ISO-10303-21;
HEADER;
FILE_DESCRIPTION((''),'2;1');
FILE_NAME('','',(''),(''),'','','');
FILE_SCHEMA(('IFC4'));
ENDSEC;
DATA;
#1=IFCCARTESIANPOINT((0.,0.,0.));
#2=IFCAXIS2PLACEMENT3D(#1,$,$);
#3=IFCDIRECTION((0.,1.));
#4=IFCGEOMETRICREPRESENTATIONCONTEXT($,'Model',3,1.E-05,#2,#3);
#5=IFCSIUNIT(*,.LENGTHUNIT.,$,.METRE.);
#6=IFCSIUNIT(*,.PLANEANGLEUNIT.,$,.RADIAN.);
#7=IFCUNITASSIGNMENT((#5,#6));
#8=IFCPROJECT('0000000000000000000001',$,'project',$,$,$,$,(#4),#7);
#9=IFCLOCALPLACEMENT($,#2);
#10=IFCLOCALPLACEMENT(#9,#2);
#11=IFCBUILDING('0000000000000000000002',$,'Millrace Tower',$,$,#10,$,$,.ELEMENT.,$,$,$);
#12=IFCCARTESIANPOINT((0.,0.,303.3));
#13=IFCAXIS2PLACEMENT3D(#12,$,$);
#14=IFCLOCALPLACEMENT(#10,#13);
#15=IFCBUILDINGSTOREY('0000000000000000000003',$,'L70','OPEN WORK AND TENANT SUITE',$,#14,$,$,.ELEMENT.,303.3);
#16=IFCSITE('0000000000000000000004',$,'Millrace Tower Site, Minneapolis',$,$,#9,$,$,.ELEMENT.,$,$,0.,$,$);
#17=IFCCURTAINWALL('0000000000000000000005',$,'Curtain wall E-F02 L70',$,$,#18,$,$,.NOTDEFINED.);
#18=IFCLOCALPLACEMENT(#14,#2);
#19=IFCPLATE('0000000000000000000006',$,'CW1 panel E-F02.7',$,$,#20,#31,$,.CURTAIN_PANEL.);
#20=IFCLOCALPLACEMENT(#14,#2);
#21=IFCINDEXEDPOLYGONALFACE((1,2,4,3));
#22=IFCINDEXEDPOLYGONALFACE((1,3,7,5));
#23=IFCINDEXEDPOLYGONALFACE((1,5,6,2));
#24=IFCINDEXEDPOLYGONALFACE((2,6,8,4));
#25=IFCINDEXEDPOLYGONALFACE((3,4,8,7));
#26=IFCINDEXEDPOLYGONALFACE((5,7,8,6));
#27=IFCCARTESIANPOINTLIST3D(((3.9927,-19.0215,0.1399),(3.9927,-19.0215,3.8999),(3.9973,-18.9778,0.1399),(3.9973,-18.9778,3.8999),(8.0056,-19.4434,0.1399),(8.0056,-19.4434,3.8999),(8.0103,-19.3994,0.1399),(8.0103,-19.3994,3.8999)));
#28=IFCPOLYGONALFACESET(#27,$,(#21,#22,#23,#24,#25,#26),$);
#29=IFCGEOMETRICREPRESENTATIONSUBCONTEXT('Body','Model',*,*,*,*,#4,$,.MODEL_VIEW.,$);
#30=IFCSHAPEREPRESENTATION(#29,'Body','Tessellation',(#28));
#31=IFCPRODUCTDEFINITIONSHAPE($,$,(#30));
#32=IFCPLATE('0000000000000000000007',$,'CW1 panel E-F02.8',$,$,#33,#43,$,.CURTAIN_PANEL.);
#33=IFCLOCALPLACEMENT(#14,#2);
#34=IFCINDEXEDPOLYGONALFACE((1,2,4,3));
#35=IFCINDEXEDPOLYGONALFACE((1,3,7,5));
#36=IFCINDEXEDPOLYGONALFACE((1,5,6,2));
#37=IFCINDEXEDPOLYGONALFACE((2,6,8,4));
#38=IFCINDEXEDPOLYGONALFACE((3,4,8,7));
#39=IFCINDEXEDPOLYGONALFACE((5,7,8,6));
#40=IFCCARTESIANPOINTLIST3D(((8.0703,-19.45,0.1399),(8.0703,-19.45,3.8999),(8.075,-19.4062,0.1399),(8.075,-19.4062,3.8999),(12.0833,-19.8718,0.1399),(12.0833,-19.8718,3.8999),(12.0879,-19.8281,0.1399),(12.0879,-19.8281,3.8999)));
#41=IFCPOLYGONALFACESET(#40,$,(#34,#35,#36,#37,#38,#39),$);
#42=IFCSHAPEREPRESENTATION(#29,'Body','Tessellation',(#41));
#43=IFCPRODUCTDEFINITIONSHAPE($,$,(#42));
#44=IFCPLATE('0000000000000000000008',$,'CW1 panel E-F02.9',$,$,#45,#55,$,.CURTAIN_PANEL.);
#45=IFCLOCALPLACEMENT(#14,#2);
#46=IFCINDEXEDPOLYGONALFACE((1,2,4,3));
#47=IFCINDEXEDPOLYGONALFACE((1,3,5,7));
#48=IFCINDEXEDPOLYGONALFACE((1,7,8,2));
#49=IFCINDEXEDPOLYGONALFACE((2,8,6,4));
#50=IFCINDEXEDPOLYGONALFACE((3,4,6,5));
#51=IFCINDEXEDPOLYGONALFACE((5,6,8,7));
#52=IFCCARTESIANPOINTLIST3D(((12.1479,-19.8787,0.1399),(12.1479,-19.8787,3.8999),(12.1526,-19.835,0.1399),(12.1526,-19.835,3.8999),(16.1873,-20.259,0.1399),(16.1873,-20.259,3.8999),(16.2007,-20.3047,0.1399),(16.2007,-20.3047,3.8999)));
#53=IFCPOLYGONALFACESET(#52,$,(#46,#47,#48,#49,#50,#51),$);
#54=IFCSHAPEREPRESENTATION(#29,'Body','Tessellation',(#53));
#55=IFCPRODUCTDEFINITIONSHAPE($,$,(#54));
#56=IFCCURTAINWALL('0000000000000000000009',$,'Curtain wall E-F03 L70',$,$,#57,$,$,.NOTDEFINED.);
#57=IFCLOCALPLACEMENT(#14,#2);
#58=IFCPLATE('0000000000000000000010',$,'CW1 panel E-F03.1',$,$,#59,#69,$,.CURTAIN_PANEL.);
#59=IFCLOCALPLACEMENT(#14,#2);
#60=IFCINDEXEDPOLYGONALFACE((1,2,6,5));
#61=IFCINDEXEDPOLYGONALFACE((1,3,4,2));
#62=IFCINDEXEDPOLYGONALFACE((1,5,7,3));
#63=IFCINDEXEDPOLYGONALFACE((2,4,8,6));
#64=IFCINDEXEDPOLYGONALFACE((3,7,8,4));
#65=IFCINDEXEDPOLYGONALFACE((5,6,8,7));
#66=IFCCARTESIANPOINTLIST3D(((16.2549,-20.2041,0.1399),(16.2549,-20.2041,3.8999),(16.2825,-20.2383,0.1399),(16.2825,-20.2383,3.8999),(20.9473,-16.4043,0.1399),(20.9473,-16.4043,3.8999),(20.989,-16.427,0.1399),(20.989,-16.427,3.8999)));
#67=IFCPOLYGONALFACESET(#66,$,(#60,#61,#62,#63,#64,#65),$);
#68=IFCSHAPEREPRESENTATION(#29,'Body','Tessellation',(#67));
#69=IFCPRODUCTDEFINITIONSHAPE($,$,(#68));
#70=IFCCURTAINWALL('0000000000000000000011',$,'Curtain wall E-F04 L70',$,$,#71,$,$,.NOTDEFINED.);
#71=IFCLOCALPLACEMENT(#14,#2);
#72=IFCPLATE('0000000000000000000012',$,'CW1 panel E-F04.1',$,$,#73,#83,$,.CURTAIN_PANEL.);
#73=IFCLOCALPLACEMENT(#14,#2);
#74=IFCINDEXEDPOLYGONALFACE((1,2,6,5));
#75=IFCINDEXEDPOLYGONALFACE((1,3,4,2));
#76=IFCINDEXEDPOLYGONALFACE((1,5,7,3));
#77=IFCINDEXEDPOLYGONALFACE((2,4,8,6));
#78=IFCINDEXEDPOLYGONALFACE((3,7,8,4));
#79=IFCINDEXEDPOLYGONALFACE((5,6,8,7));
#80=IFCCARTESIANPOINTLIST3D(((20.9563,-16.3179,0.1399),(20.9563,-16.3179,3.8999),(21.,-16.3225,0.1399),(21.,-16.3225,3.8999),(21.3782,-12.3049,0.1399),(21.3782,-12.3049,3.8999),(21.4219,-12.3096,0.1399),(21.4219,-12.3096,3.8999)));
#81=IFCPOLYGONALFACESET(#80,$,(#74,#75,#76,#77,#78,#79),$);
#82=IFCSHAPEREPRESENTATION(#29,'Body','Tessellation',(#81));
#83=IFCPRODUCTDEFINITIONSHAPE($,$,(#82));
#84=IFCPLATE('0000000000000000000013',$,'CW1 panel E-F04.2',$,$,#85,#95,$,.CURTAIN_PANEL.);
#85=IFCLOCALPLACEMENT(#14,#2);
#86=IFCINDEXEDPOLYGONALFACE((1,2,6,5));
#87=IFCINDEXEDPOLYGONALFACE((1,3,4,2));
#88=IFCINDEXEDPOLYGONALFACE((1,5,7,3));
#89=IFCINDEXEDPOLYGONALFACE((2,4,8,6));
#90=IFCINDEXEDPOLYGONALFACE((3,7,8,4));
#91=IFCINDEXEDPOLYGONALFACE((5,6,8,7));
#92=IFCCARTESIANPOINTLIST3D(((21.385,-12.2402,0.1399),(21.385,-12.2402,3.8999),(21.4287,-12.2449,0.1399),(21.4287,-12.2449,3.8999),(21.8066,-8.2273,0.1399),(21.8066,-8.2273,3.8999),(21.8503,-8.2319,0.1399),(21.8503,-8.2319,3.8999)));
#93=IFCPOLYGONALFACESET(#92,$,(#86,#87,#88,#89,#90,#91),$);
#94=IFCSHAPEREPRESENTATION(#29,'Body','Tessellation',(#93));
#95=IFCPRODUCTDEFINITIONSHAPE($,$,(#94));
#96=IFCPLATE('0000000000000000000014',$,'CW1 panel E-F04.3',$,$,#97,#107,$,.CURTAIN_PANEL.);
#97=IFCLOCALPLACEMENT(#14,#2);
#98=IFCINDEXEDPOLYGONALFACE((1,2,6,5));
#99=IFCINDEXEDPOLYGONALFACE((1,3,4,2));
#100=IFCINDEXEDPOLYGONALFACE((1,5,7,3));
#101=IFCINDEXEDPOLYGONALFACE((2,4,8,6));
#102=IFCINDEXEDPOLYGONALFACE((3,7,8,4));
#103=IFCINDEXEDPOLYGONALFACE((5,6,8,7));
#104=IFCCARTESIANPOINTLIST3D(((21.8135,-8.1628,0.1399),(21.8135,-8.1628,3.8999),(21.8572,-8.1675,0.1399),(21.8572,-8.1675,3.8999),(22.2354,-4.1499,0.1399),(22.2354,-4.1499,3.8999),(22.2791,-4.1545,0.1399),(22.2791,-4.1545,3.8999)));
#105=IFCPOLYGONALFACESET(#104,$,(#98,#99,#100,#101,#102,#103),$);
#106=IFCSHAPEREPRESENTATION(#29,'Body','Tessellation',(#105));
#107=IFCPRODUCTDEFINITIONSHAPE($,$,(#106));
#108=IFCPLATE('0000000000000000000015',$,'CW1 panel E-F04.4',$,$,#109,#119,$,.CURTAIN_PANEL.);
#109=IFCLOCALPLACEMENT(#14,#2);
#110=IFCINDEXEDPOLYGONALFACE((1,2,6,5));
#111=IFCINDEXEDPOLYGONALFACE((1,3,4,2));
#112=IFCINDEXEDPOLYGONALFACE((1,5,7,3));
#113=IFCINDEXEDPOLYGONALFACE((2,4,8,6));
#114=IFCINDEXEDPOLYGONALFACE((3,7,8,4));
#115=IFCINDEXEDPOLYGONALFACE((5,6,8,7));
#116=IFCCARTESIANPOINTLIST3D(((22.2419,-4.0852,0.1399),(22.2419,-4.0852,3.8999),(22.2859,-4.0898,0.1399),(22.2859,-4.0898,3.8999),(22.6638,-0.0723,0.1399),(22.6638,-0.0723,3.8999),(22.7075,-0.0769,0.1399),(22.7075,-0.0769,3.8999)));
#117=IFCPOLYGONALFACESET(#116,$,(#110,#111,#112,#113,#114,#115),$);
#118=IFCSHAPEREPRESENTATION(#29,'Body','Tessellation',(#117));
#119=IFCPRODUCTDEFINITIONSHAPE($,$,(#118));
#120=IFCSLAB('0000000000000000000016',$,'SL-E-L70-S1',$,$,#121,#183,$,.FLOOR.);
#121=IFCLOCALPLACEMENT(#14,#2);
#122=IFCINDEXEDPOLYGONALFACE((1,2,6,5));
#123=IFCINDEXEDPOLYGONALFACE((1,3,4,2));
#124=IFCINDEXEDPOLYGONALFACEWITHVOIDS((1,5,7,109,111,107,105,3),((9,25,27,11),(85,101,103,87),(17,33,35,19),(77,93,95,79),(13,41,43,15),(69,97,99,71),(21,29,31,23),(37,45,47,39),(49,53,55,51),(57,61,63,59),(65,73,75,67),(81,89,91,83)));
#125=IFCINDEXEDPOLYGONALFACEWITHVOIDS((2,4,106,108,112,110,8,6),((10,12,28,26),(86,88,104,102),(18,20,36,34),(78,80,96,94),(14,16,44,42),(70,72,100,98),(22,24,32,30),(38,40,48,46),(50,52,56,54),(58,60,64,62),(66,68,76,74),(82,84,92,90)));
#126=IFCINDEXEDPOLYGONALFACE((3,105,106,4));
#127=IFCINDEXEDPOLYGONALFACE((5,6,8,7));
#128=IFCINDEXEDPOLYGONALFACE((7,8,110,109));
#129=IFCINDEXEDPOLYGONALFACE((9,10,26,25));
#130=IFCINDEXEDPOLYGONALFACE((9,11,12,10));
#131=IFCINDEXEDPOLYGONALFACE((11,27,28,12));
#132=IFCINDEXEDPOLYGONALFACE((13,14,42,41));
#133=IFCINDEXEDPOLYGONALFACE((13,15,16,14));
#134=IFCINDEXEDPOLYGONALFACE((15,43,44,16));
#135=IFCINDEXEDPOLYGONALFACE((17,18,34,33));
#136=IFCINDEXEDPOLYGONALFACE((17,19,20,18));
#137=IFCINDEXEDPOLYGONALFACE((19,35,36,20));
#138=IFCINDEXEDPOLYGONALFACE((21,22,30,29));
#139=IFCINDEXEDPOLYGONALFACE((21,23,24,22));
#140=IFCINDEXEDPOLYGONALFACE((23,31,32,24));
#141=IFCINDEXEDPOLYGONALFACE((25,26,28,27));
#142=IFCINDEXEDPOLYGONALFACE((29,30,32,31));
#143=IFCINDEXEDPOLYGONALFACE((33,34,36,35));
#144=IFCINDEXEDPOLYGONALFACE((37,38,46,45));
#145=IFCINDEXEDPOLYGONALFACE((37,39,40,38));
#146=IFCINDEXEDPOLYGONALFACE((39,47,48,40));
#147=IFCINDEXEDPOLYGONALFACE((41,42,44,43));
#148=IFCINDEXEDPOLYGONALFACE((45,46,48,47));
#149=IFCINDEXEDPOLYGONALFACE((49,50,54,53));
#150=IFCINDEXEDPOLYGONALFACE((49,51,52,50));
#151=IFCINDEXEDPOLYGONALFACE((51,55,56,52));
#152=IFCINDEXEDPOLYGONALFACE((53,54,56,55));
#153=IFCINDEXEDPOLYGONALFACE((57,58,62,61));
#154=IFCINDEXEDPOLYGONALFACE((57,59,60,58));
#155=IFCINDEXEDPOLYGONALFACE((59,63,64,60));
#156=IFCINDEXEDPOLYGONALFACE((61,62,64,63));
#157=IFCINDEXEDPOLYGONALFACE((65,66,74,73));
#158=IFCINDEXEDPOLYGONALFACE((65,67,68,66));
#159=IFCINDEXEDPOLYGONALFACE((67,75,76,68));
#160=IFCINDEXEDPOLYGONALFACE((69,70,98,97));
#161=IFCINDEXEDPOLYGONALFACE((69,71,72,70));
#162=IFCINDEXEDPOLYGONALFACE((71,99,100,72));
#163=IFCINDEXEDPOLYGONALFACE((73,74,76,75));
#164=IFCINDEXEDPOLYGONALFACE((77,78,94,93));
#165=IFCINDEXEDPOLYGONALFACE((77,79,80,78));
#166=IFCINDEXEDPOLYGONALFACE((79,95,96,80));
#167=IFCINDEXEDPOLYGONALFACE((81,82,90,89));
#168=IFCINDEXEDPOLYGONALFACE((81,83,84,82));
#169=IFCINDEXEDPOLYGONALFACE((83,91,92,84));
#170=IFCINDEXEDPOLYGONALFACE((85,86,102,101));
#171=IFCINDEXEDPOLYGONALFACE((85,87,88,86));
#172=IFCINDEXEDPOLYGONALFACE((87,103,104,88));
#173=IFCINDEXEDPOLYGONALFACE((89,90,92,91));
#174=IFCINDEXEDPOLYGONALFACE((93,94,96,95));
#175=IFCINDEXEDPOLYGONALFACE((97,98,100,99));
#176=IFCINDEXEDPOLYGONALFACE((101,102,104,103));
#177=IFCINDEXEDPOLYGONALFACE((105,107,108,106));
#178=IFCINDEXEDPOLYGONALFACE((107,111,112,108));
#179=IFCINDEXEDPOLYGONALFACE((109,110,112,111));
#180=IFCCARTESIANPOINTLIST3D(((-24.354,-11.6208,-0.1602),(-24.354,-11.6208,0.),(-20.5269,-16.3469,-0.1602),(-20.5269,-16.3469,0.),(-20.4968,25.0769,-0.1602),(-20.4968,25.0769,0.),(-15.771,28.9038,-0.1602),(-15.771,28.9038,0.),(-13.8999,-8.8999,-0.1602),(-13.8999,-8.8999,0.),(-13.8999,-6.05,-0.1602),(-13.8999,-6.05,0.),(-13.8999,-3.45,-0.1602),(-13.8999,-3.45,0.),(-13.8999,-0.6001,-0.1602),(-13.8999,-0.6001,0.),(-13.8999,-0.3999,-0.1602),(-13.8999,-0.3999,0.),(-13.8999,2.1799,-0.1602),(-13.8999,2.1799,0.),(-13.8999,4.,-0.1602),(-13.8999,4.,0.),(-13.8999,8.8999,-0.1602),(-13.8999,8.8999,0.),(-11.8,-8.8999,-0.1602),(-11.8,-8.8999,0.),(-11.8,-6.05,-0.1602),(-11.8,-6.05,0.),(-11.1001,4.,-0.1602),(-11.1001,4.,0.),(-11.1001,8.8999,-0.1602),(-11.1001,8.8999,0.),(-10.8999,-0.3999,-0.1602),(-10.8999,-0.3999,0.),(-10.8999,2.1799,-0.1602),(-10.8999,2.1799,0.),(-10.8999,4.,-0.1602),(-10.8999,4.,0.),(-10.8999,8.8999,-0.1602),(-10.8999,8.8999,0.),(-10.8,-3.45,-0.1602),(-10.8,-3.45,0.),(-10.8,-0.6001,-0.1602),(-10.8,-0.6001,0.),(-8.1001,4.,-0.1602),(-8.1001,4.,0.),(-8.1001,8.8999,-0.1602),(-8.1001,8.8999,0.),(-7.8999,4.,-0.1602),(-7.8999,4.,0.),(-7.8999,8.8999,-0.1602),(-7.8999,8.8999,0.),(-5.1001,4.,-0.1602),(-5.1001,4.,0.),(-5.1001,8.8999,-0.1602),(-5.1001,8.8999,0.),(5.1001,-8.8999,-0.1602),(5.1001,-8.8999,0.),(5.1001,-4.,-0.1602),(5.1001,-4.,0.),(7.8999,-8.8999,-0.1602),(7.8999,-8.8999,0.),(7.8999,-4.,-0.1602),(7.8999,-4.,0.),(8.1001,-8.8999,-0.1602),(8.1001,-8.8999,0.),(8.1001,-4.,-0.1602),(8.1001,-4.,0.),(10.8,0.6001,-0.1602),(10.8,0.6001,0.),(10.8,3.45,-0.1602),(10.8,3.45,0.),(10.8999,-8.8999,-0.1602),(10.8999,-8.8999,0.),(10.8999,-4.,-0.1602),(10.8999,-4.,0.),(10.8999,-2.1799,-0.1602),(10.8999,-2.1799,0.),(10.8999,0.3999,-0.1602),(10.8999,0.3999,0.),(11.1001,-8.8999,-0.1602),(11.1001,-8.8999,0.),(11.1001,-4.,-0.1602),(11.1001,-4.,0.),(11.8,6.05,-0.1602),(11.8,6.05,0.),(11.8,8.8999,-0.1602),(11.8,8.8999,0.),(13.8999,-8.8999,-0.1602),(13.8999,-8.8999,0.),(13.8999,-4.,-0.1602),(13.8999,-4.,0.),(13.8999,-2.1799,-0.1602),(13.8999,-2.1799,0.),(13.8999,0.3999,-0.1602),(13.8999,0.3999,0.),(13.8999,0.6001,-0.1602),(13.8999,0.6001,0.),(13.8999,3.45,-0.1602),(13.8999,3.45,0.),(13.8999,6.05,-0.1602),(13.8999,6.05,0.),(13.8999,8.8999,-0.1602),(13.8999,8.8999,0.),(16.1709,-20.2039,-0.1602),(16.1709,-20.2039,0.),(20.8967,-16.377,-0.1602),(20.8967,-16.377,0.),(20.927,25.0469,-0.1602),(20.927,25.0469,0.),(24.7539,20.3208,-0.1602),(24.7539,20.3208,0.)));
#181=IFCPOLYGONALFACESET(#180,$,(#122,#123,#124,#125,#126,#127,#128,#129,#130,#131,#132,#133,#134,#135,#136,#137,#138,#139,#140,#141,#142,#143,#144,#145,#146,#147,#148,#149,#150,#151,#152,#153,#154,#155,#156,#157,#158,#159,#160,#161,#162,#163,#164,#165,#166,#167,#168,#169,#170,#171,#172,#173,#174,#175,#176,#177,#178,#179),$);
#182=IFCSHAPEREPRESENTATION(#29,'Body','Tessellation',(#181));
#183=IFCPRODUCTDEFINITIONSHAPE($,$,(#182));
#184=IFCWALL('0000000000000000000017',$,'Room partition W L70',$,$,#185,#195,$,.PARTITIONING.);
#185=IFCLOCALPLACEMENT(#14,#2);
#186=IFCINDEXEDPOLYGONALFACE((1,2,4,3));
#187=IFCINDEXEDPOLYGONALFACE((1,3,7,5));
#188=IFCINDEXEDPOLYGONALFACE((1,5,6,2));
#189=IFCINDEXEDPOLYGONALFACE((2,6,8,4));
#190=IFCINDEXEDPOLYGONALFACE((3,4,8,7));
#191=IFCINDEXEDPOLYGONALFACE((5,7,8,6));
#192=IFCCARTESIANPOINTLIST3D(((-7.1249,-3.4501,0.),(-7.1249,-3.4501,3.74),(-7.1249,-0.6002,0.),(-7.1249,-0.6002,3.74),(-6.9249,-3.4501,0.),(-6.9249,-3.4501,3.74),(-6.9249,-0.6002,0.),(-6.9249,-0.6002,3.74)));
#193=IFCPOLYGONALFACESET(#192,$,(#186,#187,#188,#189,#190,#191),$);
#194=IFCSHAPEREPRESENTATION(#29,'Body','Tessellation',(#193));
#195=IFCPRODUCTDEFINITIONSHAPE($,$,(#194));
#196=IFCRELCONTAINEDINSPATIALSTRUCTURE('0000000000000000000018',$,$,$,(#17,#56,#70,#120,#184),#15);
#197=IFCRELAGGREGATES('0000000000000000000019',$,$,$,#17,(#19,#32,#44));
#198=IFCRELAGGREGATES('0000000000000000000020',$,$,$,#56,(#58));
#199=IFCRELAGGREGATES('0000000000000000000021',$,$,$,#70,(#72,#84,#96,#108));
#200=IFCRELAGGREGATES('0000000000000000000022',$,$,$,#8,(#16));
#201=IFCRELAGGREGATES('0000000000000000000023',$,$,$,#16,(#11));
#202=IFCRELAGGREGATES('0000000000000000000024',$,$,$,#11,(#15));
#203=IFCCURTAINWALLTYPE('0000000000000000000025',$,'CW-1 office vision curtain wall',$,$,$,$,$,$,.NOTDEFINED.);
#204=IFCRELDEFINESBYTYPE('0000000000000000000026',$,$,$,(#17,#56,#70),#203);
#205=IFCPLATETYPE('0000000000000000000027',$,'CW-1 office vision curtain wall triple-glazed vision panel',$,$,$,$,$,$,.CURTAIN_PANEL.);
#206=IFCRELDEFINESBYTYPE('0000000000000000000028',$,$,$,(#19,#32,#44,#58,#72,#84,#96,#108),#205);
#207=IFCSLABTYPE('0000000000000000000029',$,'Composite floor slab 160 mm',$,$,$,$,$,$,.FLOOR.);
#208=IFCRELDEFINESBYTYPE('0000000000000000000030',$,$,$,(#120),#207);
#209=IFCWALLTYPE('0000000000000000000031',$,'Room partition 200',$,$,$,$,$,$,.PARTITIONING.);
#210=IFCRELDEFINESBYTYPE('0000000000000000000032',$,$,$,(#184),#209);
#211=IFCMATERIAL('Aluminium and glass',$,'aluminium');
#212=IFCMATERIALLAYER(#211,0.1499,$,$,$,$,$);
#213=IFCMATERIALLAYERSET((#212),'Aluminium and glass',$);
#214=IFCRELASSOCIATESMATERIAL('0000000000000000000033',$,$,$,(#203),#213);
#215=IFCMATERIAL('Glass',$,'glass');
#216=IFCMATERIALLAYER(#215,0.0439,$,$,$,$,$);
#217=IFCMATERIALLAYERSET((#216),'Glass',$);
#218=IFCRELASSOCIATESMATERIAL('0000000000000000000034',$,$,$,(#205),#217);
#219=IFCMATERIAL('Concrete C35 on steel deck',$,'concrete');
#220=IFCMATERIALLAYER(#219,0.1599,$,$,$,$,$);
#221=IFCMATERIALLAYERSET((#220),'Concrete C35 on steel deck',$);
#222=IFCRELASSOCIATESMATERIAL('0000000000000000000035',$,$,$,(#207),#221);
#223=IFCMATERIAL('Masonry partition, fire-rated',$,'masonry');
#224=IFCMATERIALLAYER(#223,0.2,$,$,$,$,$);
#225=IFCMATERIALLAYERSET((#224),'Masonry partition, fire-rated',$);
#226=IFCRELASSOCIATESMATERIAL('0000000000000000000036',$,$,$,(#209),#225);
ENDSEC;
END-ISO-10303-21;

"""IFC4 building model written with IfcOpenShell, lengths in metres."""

from ifc_helpers import new_model, si_unit, direction, frame, frame_2d, origin, place, context, subcontext, project, spatial, polyline, rectangle, outline, extrude, material, layer, layer_set, type_object, element, aggregate, save


model = new_model("IFC4")

# Units and contexts
model_context = context("Model", 3, precision=1e-05, world=origin(), true_north=direction((0.0, 1.0)))
body_context = subcontext(model_context, "Body", "Model", "MODEL_VIEW")
ifc_project = project(units=[si_unit("LENGTHUNIT", "METRE"), si_unit("PLANEANGLEUNIT", "RADIAN")], contexts=[model_context])

# Site, building, storey
site_placement = place(None, origin())
site = spatial("IfcSite", under=ifc_project, at=site_placement, Name="Millrace Tower Site, Minneapolis", CompositionType="ELEMENT", RefElevation=0.0)
building_placement = place(site_placement, origin())
building = spatial("IfcBuilding", under=site, at=building_placement, Name="Millrace Tower", CompositionType="ELEMENT")
storey_placement = place(building_placement, frame((0.0, 0.0, 303.3)))
storey = spatial("IfcBuildingStorey", under=building, at=storey_placement, Name="L70", Description="OPEN WORK AND TENANT SUITE", CompositionType="ELEMENT", Elevation=303.3)

# Shared definitions
ifc_material_1 = material(Name="Aluminium and glass", Category="aluminium")
ifc_layer_1 = layer(ifc_material_1, 0.1499)
ifc_layer_set_1 = layer_set([ifc_layer_1], Name="Aluminium and glass")
curtain_wall_type = type_object("IfcCurtainWallType", Name="CW-1 office vision curtain wall", PredefinedType="NOTDEFINED", material=ifc_layer_set_1)
placement_1 = place(storey_placement, origin())
ifc_material_2 = material(Name="Glass", Category="glass")
ifc_layer_2 = layer(ifc_material_2, 0.0439)
ifc_layer_set_2 = layer_set([ifc_layer_2], Name="Glass")
plate_type = type_object("IfcPlateType", Name="CW-1 office vision curtain wall triple-glazed vision panel", PredefinedType="CURTAIN_PANEL", material=ifc_layer_set_2)
placement_2 = place(storey_placement, frame((0.0, 0.0, 0.1399)))

# Curtain wall, plates
curtain_wall_1 = element("IfcCurtainWall", 1, at=placement_1, inside=storey, type_object=curtain_wall_type, Name="Curtain wall E-F02 L70", PredefinedType="NOTDEFINED")
plate_1 = element("IfcPlate", 2, at=placement_2, type_object=plate_type, Name="CW1 panel E-F02.7", PredefinedType="CURTAIN_PANEL", context=body_context, shape_type="SweptSolid", body=[
    extrude(outline(polyline([(3.9927, -19.0215), (8.0056, -19.4434), (8.0103, -19.3994), (3.9973, -18.9778), (3.9927, -19.0215)])), origin(), (0.0, 0.0, 1.0), 3.76),
])
plate_2 = element("IfcPlate", 3, at=placement_2, type_object=plate_type, Name="CW1 panel E-F02.8", PredefinedType="CURTAIN_PANEL", context=body_context, shape_type="SweptSolid", body=[
    extrude(outline(polyline([(8.0703, -19.45), (12.0833, -19.8718), (12.0879, -19.8281), (8.075, -19.4062), (8.0703, -19.45)])), origin(), (0.0, 0.0, 1.0), 3.76),
])
plate_3 = element("IfcPlate", 4, at=placement_2, type_object=plate_type, Name="CW1 panel E-F02.9", PredefinedType="CURTAIN_PANEL", context=body_context, shape_type="SweptSolid", body=[
    extrude(outline(polyline([(12.1479, -19.8787), (16.2007, -20.3047), (16.1873, -20.259), (12.1526, -19.835), (12.1479, -19.8787)])), origin(), (0.0, 0.0, 1.0), 3.76),
])
aggregate(curtain_wall_1, [plate_1, plate_2, plate_3])

# Curtain wall, plate
curtain_wall_2 = element("IfcCurtainWall", 5, at=placement_1, inside=storey, type_object=curtain_wall_type, Name="Curtain wall E-F03 L70", PredefinedType="NOTDEFINED")
plate_4 = element("IfcPlate", 6, at=placement_2, type_object=plate_type, Name="CW1 panel E-F03.1", PredefinedType="CURTAIN_PANEL", context=body_context, shape_type="SweptSolid", body=[
    extrude(outline(polyline([(16.2825, -20.2383), (20.989, -16.427), (20.9473, -16.4043), (16.2549, -20.2041), (16.2825, -20.2383)])), origin(), (0.0, 0.0, 1.0), 3.76),
])
aggregate(curtain_wall_2, [plate_4])

# Curtain wall, plates
curtain_wall_3 = element("IfcCurtainWall", 7, at=placement_1, inside=storey, type_object=curtain_wall_type, Name="Curtain wall E-F04 L70", PredefinedType="NOTDEFINED")
plate_5 = element("IfcPlate", 8, at=placement_2, type_object=plate_type, Name="CW1 panel E-F04.1", PredefinedType="CURTAIN_PANEL", context=body_context, shape_type="SweptSolid", body=[
    extrude(outline(polyline([(21.0, -16.3225), (21.4219, -12.3096), (21.3782, -12.3049), (20.9563, -16.3179), (21.0, -16.3225)])), origin(), (0.0, 0.0, 1.0), 3.76),
])
plate_6 = element("IfcPlate", 9, at=placement_2, type_object=plate_type, Name="CW1 panel E-F04.2", PredefinedType="CURTAIN_PANEL", context=body_context, shape_type="SweptSolid", body=[
    extrude(outline(polyline([(21.4287, -12.2449), (21.8503, -8.2319), (21.8066, -8.2273), (21.385, -12.2402), (21.4287, -12.2449)])), origin(), (0.0, 0.0, 1.0), 3.76),
])
plate_7 = element("IfcPlate", 10, at=placement_2, type_object=plate_type, Name="CW1 panel E-F04.3", PredefinedType="CURTAIN_PANEL", context=body_context, shape_type="SweptSolid", body=[
    extrude(outline(polyline([(21.8572, -8.1675), (22.2791, -4.1545), (22.2354, -4.1499), (21.8135, -8.1628), (21.8572, -8.1675)])), origin(), (0.0, 0.0, 1.0), 3.76),
])
plate_8 = element("IfcPlate", 11, at=placement_2, type_object=plate_type, Name="CW1 panel E-F04.4", PredefinedType="CURTAIN_PANEL", context=body_context, shape_type="SweptSolid", body=[
    extrude(outline(polyline([(22.2859, -4.0898), (22.7075, -0.0769), (22.6638, -0.0723), (22.2419, -4.0852), (22.2859, -4.0898)])), origin(), (0.0, 0.0, 1.0), 3.76),
])
aggregate(curtain_wall_3, [plate_5, plate_6, plate_7, plate_8])

# Slab
ifc_material_3 = material(Name="Concrete C35 on steel deck", Category="concrete")
ifc_layer_3 = layer(ifc_material_3, 0.1599)
ifc_layer_set_3 = layer_set([ifc_layer_3], Name="Concrete C35 on steel deck")
slab_type = type_object("IfcSlabType", Name="Composite floor slab 160 mm", PredefinedType="FLOOR", material=ifc_layer_set_3)
slab_placement = place(storey_placement, frame((0.0, 0.0, -0.1602)))
element("IfcSlab", 12, at=slab_placement, inside=storey, type_object=slab_type, Name="SL-E-L70-S1", PredefinedType="FLOOR", context=body_context, shape_type="SweptSolid", body=[
    extrude(outline(polyline([(-24.354, -11.6208), (-20.5269, -16.3469), (16.1709, -20.2039), (20.8967, -16.377), (24.7539, 20.3208), (20.927, 25.0469), (-15.771, 28.9038), (-20.4968, 25.0769), (-24.354, -11.6208)]), holes=[polyline([(-13.8999, -8.8999), (-11.8, -8.8999), (-11.8, -6.05), (-13.8999, -6.05), (-13.8999, -8.8999)]), polyline([(-13.8999, -3.45), (-10.8, -3.45), (-10.8, -0.6001), (-13.8999, -0.6001), (-13.8999, -3.45)]), polyline([(-13.8999, -0.3999), (-10.8999, -0.3999), (-10.8999, 2.1799), (-13.8999, 2.1799), (-13.8999, -0.3999)]), polyline([(-13.8999, 4.0), (-11.1001, 4.0), (-11.1001, 8.8999), (-13.8999, 8.8999), (-13.8999, 4.0)]), polyline([(-10.8999, 4.0), (-8.1001, 4.0), (-8.1001, 8.8999), (-10.8999, 8.8999), (-10.8999, 4.0)]), polyline([(-7.8999, 4.0), (-5.1001, 4.0), (-5.1001, 8.8999), (-7.8999, 8.8999), (-7.8999, 4.0)]), polyline([(11.8, 6.05), (13.8999, 6.05), (13.8999, 8.8999), (11.8, 8.8999), (11.8, 6.05)]), polyline([(10.8, 0.6001), (13.8999, 0.6001), (13.8999, 3.45), (10.8, 3.45), (10.8, 0.6001)]), polyline([(10.8999, -2.1799), (13.8999, -2.1799), (13.8999, 0.3999), (10.8999, 0.3999), (10.8999, -2.1799)]), polyline([(11.1001, -8.8999), (13.8999, -8.8999), (13.8999, -4.0), (11.1001, -4.0), (11.1001, -8.8999)]), polyline([(8.1001, -8.8999), (10.8999, -8.8999), (10.8999, -4.0), (8.1001, -4.0), (8.1001, -8.8999)]), polyline([(5.1001, -8.8999), (7.8999, -8.8999), (7.8999, -4.0), (5.1001, -4.0), (5.1001, -8.8999)])]), origin(), (0.0, 0.0, 1.0), 0.1602),
])

# Wall
ifc_material_4 = material(Name="Masonry partition, fire-rated", Category="masonry")
ifc_layer_4 = layer(ifc_material_4, 0.2)
ifc_layer_set_4 = layer_set([ifc_layer_4], Name="Masonry partition, fire-rated")
wall_type = type_object("IfcWallType", Name="Room partition 200", PredefinedType="PARTITIONING", material=ifc_layer_set_4)
wall_placement = place(storey_placement, frame((-7.0249, -3.45, 0.0), z_axis=(0.0, 0.0, 1.0), x_axis=(0.0, 1.0, 0.0)))
element("IfcWall", 13, at=wall_placement, inside=storey, type_object=wall_type, Name="Room partition W L70", PredefinedType="PARTITIONING", context=body_context, shape_type="SweptSolid", body=[
    extrude(rectangle(XDim=2.8499, YDim=0.2, at=frame_2d((1.4248, 0.0))), origin(), (0.0, 0.0, 1.0), 3.74),
])

save(model, "model.ifc")
